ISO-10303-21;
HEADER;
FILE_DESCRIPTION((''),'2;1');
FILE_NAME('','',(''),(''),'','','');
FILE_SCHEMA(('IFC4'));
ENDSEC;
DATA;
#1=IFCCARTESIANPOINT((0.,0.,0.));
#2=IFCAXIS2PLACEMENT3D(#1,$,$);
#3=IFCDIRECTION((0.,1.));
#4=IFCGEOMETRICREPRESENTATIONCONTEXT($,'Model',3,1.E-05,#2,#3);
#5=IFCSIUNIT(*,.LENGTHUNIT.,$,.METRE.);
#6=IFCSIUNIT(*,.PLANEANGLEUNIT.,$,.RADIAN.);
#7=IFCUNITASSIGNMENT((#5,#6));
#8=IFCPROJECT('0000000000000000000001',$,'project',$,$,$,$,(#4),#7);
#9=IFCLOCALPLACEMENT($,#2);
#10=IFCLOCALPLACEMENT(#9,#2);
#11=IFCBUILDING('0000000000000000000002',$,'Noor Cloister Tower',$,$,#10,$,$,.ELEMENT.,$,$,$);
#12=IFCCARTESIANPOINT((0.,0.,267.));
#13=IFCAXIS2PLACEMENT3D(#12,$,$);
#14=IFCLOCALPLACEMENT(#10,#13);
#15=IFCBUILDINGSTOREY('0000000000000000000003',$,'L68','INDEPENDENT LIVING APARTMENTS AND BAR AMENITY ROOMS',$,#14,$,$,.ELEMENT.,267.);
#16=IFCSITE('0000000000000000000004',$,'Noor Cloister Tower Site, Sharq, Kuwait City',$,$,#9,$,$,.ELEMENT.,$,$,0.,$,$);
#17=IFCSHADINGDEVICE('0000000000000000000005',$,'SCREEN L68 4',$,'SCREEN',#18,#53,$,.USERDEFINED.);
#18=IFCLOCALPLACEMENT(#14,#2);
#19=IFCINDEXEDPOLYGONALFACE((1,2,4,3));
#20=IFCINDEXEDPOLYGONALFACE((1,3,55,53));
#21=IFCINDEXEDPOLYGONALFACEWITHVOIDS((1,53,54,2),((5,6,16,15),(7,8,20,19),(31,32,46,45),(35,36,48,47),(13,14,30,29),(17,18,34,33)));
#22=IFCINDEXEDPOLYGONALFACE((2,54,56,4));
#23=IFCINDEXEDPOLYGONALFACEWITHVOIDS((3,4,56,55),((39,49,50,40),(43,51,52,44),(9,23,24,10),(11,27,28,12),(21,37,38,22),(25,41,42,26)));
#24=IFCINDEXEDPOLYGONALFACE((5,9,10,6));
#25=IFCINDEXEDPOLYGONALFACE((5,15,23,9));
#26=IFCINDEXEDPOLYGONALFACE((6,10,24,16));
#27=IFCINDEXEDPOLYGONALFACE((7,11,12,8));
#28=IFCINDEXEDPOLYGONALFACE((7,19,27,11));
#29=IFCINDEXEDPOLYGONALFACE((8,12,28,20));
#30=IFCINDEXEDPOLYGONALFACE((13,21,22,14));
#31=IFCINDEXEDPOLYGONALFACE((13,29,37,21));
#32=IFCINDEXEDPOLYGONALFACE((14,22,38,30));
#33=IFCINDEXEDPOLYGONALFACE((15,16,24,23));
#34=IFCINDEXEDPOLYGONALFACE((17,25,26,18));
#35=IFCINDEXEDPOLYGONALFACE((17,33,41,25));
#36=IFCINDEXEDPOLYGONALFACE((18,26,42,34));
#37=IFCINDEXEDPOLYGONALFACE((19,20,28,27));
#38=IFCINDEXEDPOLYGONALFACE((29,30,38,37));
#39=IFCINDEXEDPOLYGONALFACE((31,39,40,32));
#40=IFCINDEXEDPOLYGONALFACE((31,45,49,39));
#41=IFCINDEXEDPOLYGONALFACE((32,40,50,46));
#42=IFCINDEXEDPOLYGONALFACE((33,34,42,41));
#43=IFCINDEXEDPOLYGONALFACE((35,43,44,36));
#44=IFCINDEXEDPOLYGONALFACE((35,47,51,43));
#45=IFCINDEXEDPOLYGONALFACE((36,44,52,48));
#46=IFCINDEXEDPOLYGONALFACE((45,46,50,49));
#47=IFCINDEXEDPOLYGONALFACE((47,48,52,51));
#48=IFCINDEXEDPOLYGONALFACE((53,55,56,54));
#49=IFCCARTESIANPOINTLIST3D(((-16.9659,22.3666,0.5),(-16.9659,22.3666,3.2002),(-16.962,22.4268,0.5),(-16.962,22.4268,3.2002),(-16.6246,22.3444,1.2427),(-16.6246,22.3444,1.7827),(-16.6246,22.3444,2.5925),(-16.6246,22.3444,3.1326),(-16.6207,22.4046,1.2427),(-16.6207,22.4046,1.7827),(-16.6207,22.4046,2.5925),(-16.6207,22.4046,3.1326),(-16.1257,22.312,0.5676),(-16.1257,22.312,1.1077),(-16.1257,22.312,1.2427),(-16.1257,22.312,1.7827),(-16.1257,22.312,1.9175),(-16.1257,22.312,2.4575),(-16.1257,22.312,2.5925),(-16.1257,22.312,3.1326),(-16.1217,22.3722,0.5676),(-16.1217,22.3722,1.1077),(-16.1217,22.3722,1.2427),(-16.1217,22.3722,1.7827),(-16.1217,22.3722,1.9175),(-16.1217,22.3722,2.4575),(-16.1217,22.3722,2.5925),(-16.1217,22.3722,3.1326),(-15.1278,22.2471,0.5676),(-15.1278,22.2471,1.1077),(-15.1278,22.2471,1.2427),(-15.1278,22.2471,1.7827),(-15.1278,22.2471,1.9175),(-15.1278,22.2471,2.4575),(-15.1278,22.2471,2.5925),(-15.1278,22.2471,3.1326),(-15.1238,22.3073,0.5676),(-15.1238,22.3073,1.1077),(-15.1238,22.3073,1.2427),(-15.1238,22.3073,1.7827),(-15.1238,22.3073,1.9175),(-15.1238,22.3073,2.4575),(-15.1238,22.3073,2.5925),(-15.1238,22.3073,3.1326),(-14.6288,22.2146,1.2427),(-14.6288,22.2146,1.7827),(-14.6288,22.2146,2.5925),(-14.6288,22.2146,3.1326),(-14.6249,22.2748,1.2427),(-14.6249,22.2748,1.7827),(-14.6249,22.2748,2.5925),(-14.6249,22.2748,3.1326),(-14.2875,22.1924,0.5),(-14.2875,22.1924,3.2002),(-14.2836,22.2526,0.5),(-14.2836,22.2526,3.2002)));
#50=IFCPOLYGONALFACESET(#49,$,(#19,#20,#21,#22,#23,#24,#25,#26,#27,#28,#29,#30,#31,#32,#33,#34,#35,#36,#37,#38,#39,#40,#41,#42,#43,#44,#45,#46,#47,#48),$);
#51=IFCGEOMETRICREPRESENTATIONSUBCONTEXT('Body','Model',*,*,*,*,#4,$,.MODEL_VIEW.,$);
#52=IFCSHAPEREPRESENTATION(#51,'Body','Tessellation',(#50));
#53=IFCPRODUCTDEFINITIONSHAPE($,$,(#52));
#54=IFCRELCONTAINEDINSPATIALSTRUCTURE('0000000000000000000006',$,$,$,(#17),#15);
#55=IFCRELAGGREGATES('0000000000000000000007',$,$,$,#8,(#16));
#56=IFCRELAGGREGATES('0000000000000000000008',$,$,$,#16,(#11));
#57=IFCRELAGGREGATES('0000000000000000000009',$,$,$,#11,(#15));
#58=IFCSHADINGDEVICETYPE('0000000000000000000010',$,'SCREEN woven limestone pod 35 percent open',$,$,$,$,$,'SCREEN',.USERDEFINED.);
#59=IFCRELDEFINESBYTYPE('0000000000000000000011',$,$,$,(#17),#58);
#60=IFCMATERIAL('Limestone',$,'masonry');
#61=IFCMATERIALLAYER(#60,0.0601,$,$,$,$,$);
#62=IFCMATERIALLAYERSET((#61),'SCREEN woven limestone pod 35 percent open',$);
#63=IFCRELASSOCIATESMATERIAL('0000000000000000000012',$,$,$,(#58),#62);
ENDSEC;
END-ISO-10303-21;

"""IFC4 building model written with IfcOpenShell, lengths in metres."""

from ifc_helpers import new_model, si_unit, direction, frame, origin, place, context, subcontext, project, spatial, polyline, outline, extrude, material, layer, layer_set, type_object, element, save


model = new_model("IFC4")

# Units and contexts
model_context = context("Model", 3, precision=1e-05, world=origin(), true_north=direction((0.0, 1.0)))
body_context = subcontext(model_context, "Body", "Model", "MODEL_VIEW")
ifc_project = project(units=[si_unit("LENGTHUNIT", "METRE"), si_unit("PLANEANGLEUNIT", "RADIAN")], contexts=[model_context])

# Site, building, storey
site_placement = place(None, origin())
site = spatial("IfcSite", under=ifc_project, at=site_placement, Name="Noor Cloister Tower Site, Sharq, Kuwait City", CompositionType="ELEMENT", RefElevation=0.0)
building_placement = place(site_placement, origin())
building = spatial("IfcBuilding", under=site, at=building_placement, Name="Noor Cloister Tower", CompositionType="ELEMENT")
storey_placement = place(building_placement, frame((0.0, 0.0, 267.0)))
storey = spatial("IfcBuildingStorey", under=building, at=storey_placement, Name="L68", Description="INDEPENDENT LIVING APARTMENTS AND BAR AMENITY ROOMS", CompositionType="ELEMENT", Elevation=267.0)

# Shading device
ifc_material_1 = material(Name="Limestone", Category="masonry")
ifc_layer_1 = layer(ifc_material_1, 0.0601)
ifc_layer_set_1 = layer_set([ifc_layer_1], Name="SCREEN woven limestone pod 35 percent open")
shading_device_type = type_object("IfcShadingDeviceType", Name="SCREEN woven limestone pod 35 percent open", ElementType="SCREEN", PredefinedType="USERDEFINED", material=ifc_layer_set_1)
shading_device_1_placement = place(storey_placement, frame((-15.6267, 22.2795, 1.8501), z_axis=(0.064904, 0.997892, 0.0), x_axis=(-0.997892, 0.064904, 0.0)))
element("IfcShadingDevice", 1, at=shading_device_1_placement, inside=storey, type_object=shading_device_type, Name="SCREEN L68 4", ObjectType="SCREEN", PredefinedType="USERDEFINED", context=body_context, shape_type="SweptSolid", body=[
    extrude(outline(polyline([(-1.342, -1.3501), (1.342, -1.3501), (1.342, 1.3501), (-1.342, 1.3501), (-1.342, -1.3501)]), holes=[polyline([(-0.5, -1.2825), (0.5, -1.2825), (0.5, -0.7424), (-0.5, -0.7424), (-0.5, -1.2825)]), polyline([(-1.0, -0.6074), (-0.5, -0.6074), (-0.5, -0.0674), (-1.0, -0.0674), (-1.0, -0.6074)]), polyline([(0.5, -0.6074), (1.0, -0.6074), (1.0, -0.0674), (0.5, -0.0674), (0.5, -0.6074)]), polyline([(-0.5, 0.0674), (0.5, 0.0674), (0.5, 0.6074), (-0.5, 0.6074), (-0.5, 0.0674)]), polyline([(-1.0, 0.7424), (-0.5, 0.7424), (-0.5, 1.2825), (-1.0, 1.2825), (-1.0, 0.7424)]), polyline([(0.5, 0.7424), (1.0, 0.7424), (1.0, 1.2825), (0.5, 1.2825), (0.5, 0.7424)])]), origin(), (0.0, 0.0, 1.0), 0.0603),
])

save(model, "model.ifc")
